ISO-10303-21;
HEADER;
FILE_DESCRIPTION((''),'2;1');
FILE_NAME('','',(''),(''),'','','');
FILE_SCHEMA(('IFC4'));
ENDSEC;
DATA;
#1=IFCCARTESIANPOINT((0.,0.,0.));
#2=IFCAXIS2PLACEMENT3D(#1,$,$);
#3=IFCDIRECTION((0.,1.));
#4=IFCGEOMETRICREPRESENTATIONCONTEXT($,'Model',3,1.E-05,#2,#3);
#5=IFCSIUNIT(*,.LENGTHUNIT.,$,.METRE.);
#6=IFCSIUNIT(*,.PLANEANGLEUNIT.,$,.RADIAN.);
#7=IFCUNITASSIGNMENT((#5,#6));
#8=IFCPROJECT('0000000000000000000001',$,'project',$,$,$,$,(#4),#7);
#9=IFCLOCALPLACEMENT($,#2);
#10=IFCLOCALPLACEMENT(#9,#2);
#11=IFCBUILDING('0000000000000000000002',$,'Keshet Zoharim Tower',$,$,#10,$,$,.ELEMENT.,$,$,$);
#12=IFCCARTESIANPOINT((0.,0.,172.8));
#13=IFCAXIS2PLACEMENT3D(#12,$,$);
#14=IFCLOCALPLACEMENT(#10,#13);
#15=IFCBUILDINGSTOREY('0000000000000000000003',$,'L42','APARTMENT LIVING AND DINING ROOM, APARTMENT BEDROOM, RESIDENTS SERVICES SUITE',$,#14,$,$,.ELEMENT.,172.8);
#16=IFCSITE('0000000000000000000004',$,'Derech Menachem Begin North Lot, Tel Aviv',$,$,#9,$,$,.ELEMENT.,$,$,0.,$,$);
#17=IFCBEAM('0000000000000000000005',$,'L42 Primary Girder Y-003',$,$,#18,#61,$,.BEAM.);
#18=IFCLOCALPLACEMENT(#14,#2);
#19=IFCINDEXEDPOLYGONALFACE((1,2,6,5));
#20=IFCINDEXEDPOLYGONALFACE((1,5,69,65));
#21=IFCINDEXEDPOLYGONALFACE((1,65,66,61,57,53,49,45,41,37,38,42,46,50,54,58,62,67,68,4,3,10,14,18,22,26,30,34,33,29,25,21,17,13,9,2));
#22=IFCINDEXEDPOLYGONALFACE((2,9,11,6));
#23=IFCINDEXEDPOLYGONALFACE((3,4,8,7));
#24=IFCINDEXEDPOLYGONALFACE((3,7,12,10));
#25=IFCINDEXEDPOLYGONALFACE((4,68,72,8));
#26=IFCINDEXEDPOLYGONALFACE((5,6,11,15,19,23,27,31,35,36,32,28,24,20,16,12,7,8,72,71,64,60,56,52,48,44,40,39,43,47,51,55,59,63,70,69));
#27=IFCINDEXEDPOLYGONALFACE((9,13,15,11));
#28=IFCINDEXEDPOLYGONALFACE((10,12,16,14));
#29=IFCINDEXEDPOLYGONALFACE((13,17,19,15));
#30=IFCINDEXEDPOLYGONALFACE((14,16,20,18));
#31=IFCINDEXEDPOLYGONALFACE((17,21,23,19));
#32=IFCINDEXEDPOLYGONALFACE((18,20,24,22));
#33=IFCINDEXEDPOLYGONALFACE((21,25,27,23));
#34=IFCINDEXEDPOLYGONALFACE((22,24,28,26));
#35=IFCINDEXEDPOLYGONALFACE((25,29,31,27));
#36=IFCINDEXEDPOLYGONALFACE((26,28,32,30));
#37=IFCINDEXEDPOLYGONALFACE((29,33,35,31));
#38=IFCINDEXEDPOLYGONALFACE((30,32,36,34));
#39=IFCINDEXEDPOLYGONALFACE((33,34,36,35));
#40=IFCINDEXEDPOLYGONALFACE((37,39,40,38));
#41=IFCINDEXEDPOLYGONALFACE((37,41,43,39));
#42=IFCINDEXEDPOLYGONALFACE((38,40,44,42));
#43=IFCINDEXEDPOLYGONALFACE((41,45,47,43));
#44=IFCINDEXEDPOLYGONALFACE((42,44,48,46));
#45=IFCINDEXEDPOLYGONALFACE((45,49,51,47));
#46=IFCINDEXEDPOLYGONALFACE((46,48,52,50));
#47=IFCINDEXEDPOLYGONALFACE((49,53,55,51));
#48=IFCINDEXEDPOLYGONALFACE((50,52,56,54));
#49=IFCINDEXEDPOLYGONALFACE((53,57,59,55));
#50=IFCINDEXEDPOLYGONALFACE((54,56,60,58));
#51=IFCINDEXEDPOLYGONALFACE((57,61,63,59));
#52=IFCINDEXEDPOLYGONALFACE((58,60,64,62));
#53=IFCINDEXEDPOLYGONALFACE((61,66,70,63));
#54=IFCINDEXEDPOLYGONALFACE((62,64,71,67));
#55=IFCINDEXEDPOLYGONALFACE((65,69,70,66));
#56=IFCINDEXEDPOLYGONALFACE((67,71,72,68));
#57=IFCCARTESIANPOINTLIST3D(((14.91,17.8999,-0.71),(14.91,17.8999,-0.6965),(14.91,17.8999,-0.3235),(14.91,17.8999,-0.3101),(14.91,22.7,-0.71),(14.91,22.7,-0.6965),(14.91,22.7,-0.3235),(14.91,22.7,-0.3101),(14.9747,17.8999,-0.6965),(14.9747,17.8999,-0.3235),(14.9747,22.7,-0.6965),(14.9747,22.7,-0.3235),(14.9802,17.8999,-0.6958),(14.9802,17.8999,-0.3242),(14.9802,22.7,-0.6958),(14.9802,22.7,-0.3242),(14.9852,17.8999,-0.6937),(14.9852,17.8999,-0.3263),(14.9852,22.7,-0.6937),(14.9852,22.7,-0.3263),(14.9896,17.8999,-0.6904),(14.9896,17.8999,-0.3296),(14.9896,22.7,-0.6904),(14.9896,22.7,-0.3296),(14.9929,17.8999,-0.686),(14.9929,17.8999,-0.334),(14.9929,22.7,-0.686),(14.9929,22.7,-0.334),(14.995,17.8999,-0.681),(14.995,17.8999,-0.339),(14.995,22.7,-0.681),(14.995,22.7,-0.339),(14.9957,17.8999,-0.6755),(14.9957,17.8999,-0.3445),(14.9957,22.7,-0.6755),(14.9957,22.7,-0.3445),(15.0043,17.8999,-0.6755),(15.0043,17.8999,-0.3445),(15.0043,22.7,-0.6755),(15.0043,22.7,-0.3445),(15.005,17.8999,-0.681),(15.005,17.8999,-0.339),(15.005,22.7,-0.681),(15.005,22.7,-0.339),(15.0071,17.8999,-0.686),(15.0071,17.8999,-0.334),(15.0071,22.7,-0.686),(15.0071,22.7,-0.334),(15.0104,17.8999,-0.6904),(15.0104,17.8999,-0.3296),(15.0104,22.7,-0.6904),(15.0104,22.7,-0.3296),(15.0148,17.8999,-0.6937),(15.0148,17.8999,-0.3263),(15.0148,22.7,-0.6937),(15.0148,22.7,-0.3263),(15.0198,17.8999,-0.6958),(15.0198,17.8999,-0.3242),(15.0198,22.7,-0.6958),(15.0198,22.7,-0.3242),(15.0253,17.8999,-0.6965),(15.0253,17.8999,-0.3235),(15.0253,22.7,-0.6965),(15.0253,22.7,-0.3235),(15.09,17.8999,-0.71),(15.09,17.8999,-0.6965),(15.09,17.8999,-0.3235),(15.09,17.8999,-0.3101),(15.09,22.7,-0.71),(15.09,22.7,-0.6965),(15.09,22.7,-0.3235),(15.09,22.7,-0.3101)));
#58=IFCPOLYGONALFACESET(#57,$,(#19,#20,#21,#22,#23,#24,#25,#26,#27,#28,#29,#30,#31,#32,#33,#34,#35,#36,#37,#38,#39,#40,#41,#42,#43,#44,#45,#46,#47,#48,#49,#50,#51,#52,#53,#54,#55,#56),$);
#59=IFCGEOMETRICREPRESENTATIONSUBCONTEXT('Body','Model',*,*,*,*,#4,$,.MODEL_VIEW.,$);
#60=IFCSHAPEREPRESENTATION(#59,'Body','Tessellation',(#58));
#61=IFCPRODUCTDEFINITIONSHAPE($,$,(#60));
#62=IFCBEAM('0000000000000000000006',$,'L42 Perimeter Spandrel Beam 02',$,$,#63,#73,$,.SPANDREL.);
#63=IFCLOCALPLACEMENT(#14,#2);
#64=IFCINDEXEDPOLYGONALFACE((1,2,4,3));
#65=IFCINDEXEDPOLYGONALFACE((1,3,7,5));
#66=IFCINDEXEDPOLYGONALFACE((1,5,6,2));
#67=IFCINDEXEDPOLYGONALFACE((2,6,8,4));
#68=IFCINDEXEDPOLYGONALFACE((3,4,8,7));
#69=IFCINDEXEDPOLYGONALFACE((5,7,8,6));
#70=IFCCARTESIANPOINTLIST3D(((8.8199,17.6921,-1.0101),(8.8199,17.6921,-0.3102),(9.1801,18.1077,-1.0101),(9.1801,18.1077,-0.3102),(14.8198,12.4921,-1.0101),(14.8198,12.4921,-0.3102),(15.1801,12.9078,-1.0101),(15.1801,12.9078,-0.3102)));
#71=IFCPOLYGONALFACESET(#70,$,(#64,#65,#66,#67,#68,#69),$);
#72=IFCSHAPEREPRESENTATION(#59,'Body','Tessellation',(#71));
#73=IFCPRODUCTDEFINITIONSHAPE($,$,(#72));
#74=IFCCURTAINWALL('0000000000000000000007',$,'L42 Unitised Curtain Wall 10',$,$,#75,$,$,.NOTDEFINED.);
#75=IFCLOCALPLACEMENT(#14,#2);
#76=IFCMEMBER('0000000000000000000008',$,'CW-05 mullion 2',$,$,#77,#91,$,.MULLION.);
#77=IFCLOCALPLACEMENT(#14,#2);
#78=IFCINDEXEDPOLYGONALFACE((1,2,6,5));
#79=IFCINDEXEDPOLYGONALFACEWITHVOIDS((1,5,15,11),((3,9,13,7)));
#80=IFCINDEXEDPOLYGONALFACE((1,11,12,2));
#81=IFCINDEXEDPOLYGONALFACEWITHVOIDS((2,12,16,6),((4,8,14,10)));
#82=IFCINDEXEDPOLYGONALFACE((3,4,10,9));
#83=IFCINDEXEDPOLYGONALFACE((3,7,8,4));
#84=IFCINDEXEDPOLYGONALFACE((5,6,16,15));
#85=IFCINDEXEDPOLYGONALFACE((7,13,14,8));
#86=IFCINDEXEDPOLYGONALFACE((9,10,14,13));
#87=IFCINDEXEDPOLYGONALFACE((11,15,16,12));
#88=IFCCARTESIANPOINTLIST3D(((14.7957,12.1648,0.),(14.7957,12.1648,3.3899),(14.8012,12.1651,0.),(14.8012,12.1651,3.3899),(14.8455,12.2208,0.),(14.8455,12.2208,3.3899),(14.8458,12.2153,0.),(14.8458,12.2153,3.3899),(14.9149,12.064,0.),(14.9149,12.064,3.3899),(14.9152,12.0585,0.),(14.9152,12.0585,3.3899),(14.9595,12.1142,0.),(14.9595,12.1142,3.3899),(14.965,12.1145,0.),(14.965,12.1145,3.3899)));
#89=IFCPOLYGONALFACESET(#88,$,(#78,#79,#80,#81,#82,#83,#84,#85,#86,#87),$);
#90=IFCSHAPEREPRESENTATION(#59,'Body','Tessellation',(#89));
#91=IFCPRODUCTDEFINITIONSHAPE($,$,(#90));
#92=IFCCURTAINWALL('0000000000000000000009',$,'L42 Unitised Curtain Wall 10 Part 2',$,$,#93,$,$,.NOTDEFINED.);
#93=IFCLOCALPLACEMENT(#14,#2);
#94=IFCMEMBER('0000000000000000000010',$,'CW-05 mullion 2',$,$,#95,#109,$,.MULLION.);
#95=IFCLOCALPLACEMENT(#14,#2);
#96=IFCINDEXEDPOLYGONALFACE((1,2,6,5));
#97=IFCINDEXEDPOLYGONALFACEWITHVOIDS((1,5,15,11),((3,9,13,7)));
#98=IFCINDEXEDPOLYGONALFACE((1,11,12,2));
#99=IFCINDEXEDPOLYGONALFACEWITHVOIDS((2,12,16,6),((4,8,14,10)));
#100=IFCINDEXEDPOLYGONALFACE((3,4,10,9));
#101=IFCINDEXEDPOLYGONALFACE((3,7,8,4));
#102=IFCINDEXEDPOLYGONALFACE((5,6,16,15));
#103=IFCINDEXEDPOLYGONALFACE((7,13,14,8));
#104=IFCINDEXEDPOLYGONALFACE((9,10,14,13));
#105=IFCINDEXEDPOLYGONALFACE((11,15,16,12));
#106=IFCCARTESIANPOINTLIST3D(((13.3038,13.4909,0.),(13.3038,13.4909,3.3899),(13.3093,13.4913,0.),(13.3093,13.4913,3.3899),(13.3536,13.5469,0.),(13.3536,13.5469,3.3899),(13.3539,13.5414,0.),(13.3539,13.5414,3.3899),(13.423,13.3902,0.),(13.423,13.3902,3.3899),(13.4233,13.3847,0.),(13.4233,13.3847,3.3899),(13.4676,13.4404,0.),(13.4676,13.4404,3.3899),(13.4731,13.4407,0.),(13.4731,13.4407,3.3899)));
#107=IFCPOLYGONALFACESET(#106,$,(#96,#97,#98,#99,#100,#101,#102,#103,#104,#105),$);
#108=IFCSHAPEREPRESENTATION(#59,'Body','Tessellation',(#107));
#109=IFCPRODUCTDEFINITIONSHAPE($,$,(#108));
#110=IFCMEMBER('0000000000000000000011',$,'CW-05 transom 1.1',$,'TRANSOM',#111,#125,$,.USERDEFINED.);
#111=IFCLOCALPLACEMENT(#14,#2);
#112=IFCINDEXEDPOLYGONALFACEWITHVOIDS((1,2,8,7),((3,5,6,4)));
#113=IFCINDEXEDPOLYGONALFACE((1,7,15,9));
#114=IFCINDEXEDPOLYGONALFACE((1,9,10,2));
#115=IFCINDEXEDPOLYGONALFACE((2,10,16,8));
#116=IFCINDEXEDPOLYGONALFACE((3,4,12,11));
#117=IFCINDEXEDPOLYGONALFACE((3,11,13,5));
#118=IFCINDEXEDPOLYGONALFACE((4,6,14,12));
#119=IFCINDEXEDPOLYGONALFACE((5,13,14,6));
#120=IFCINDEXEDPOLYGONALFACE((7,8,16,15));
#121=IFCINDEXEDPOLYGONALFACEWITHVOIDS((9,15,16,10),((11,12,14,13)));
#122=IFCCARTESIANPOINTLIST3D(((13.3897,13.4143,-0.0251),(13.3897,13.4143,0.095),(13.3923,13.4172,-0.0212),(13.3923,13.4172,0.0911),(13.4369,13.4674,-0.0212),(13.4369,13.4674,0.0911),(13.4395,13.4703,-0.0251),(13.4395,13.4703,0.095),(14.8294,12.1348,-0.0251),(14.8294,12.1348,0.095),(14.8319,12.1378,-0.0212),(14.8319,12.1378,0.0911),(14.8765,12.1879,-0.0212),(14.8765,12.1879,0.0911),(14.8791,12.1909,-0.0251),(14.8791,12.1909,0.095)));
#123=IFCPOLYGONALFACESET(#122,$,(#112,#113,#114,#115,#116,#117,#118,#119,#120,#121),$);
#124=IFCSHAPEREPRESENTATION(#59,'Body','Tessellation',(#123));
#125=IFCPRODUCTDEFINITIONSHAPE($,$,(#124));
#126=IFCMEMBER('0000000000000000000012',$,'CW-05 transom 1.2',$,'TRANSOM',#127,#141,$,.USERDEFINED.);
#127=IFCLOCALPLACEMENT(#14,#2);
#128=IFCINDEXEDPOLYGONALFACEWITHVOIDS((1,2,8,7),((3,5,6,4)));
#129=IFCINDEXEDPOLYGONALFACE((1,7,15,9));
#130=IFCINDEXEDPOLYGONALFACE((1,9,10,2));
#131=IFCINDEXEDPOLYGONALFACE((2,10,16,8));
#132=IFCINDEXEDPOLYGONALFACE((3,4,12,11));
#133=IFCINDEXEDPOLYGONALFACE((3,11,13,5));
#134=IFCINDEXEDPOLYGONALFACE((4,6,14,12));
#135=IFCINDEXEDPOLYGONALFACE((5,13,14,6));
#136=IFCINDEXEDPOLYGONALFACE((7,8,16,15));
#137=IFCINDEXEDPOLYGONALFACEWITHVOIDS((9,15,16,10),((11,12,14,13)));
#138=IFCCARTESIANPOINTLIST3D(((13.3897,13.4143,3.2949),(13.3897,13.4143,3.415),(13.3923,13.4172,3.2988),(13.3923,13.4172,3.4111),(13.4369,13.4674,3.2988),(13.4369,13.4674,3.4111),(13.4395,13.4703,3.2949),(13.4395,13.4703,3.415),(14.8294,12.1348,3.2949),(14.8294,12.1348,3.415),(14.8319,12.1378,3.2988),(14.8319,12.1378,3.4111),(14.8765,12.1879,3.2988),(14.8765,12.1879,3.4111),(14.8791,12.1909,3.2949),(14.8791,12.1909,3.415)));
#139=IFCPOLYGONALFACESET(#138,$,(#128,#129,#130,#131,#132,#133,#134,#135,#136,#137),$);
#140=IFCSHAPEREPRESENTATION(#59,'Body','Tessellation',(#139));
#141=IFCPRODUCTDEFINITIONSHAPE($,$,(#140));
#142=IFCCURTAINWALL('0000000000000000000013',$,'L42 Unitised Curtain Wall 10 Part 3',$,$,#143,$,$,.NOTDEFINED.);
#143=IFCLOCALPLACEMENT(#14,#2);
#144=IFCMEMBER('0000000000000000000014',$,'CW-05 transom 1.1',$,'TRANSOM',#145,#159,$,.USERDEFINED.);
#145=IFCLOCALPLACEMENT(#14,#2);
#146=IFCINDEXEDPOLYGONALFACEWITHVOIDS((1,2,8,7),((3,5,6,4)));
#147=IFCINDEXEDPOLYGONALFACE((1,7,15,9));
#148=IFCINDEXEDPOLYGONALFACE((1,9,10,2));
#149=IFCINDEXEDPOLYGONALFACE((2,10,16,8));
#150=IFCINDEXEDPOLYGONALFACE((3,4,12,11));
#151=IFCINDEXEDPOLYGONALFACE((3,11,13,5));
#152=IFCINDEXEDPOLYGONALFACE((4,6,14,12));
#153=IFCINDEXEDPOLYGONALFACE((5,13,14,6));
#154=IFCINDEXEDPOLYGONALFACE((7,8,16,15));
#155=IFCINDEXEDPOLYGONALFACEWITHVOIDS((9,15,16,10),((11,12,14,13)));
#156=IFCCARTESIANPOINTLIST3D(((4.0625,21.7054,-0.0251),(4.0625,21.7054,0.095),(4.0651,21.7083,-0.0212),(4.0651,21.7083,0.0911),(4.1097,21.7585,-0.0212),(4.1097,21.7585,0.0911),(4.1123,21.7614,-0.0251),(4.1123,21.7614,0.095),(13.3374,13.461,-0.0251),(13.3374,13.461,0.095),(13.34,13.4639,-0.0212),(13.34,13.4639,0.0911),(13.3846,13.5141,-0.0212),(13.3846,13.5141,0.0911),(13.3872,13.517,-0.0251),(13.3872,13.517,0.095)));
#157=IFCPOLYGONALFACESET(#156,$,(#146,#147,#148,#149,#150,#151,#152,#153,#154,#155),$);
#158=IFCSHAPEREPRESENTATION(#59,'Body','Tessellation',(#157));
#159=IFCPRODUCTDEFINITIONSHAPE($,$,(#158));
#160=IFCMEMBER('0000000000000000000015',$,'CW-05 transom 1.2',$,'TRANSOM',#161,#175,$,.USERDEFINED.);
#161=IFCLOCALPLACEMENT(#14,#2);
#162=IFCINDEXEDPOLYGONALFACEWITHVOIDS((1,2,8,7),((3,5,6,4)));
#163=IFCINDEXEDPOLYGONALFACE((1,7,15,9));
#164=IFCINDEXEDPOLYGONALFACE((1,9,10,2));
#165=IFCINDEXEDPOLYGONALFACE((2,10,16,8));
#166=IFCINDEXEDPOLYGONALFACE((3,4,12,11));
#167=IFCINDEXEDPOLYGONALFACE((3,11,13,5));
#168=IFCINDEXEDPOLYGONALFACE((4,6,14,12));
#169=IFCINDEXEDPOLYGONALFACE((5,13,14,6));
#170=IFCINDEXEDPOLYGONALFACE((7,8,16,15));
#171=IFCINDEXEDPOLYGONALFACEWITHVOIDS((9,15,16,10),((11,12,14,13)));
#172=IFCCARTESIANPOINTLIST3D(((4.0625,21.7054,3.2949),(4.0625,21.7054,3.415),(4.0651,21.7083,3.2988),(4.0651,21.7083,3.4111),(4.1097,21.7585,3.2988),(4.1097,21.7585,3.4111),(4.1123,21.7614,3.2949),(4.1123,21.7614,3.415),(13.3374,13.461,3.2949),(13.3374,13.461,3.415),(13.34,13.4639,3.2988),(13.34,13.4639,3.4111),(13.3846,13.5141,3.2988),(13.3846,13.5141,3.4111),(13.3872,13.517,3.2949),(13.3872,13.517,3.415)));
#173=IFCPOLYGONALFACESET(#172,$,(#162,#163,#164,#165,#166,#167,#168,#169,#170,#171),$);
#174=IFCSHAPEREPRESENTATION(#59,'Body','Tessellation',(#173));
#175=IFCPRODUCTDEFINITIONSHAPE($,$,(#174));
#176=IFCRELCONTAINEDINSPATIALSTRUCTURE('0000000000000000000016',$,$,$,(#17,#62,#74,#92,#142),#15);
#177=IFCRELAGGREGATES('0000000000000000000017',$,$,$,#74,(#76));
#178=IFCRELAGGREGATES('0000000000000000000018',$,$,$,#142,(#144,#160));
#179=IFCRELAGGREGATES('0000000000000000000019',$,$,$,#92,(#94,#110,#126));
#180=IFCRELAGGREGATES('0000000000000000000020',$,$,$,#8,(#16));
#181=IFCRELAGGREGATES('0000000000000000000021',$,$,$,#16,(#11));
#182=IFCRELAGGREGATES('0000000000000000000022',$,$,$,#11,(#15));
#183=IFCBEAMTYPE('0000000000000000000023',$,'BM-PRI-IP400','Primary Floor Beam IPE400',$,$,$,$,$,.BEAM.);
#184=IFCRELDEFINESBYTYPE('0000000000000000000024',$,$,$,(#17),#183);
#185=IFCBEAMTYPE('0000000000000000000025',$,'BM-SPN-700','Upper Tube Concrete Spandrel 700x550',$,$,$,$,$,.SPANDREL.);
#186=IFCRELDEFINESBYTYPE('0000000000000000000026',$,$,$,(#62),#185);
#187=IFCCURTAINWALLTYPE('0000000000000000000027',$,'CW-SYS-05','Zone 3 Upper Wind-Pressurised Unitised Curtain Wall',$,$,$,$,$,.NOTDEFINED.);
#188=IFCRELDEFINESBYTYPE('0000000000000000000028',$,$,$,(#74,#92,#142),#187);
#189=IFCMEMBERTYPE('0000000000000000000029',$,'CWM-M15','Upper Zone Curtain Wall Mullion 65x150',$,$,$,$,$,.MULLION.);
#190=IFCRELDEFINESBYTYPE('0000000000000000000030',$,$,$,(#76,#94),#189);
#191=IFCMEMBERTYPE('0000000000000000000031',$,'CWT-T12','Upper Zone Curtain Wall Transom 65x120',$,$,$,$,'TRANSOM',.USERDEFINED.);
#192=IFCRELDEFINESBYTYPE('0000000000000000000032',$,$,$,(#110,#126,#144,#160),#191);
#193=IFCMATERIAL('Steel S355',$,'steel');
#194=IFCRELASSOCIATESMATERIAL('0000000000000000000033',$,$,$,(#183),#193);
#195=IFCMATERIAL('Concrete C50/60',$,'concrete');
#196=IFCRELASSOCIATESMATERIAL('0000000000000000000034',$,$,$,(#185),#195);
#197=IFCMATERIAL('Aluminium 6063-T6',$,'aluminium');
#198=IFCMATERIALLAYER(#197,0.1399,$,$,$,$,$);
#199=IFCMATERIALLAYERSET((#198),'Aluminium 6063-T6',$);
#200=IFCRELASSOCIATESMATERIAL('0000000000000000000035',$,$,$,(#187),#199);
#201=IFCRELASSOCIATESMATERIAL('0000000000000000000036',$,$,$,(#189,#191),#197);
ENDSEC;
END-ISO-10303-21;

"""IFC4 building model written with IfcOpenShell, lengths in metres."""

from ifc_helpers import new_model, si_unit, direction, frame, origin, origin_2d, place, context, subcontext, project, spatial, rectangle, hollow_rectangle, i_section, extrude, material, layer, layer_set, material_profile, profile_set, type_object, element, aggregate, save


model = new_model("IFC4")

# Units and contexts
model_context = context("Model", 3, precision=1e-05, world=origin(), true_north=direction((0.0, 1.0)))
body_context = subcontext(model_context, "Body", "Model", "MODEL_VIEW")
ifc_project = project(units=[si_unit("LENGTHUNIT", "METRE"), si_unit("PLANEANGLEUNIT", "RADIAN")], contexts=[model_context])

# Site, building, storey
site_placement = place(None, origin())
site = spatial("IfcSite", under=ifc_project, at=site_placement, Name="Derech Menachem Begin North Lot, Tel Aviv", CompositionType="ELEMENT", RefElevation=0.0)
building_placement = place(site_placement, origin())
building = spatial("IfcBuilding", under=site, at=building_placement, Name="Keshet Zoharim Tower", CompositionType="ELEMENT")
storey_placement = place(building_placement, frame((0.0, 0.0, 172.8)))
storey = spatial("IfcBuildingStorey", under=building, at=storey_placement, Name="L42", Description="APARTMENT LIVING AND DINING ROOM, APARTMENT BEDROOM, RESIDENTS SERVICES SUITE", CompositionType="ELEMENT", Elevation=172.8)

# Shared definitions
ifc_material_1 = material(Name="Steel S355", Category="steel")

# Beams
ifc_material_profile_1 = material_profile(ifc_material_1, i_section(OverallWidth=0.1799, OverallDepth=0.3999, WebThickness=0.0085, FlangeThickness=0.0134, FilletRadius=0.021, at=origin_2d()), Name="IPE400")
ifc_profile_set_1 = profile_set([ifc_material_profile_1], Name="Steel S355")
beam_type_1 = type_object("IfcBeamType", Name="BM-PRI-IP400", Description="Primary Floor Beam IPE400", PredefinedType="BEAM", material=ifc_profile_set_1)
beam_1_placement = place(storey_placement, frame((15.0, 17.8999, -0.51), z_axis=(0.0, 1.0, 0.0), x_axis=(-1.0, 0.0, 0.0)))
element("IfcBeam", 1, at=beam_1_placement, inside=storey, type_object=beam_type_1, Name="L42 Primary Girder Y-003", PredefinedType="BEAM", context=body_context, shape_type="SweptSolid", body=[
    extrude(i_section(OverallWidth=0.1799, OverallDepth=0.3999, WebThickness=0.0085, FlangeThickness=0.0134, FilletRadius=0.021, at=origin_2d()), origin(), (0.0, 0.0, 1.0), 4.8),
])
ifc_material_2 = material(Name="Concrete C50/60", Category="concrete")
ifc_material_profile_2 = material_profile(ifc_material_2, rectangle(XDim=0.55, YDim=0.7, at=origin_2d()), Name="RC700x550")
ifc_profile_set_2 = profile_set([ifc_material_profile_2], Name="Concrete C50/60")
beam_type_2 = type_object("IfcBeamType", Name="BM-SPN-700", Description="Upper Tube Concrete Spandrel 700x550", PredefinedType="SPANDREL", material=ifc_profile_set_2)
beam_2_placement = place(storey_placement, frame((9.0, 17.8999, -0.6602), z_axis=(0.755692, -0.654927, 0.0), x_axis=(0.654927, 0.755692, 0.0)))
element("IfcBeam", 2, at=beam_2_placement, inside=storey, type_object=beam_type_2, Name="L42 Perimeter Spandrel Beam 02", PredefinedType="SPANDREL", context=body_context, shape_type="SweptSolid", body=[
    extrude(rectangle(XDim=0.55, YDim=0.7, at=origin_2d()), origin(), (0.0, 0.0, 1.0), 7.9397),
])

# Curtain wall, member
ifc_material_3 = material(Name="Aluminium 6063-T6", Category="aluminium")
ifc_layer_1 = layer(ifc_material_3, 0.1399)
ifc_layer_set_1 = layer_set([ifc_layer_1], Name="Aluminium 6063-T6")
curtain_wall_type = type_object("IfcCurtainWallType", Name="CW-SYS-05", Description="Zone 3 Upper Wind-Pressurised Unitised Curtain Wall", PredefinedType="NOTDEFINED", material=ifc_layer_set_1)
curtain_wall_1_placement = place(storey_placement, origin())
curtain_wall_1 = element("IfcCurtainWall", 3, at=curtain_wall_1_placement, inside=storey, type_object=curtain_wall_type, Name="L42 Unitised Curtain Wall 10", PredefinedType="NOTDEFINED")
ifc_material_profile_3 = material_profile(ifc_material_3, hollow_rectangle(XDim=0.075, YDim=0.1599, WallThickness=0.0039, at=origin_2d()), Name="MUL-75x160")
ifc_profile_set_3 = profile_set([ifc_material_profile_3], Name="Aluminium 6063-T6")
member_type_1 = type_object("IfcMemberType", Name="CWM-M15", Description="Upper Zone Curtain Wall Mullion 65x150", PredefinedType="MULLION", material=ifc_profile_set_3)
member_1_placement = place(storey_placement, frame((14.8804, 12.1396, 0.0), z_axis=(0.0, 0.0, 1.0), x_axis=(-0.664368, -0.747406, 0.0)))
member_1 = element("IfcMember", 4, at=member_1_placement, type_object=member_type_1, Name="CW-05 mullion 2", PredefinedType="MULLION", context=body_context, shape_type="SweptSolid", body=[
    extrude(hollow_rectangle(XDim=0.075, YDim=0.1599, WallThickness=0.0039, at=origin_2d()), origin(), (0.0, 0.0, 1.0), 3.3899),
])
aggregate(curtain_wall_1, [member_1])

# Curtain walls, members
curtain_wall_2_placement = place(storey_placement, origin())
curtain_wall_2 = element("IfcCurtainWall", 5, at=curtain_wall_2_placement, inside=storey, type_object=curtain_wall_type, Name="L42 Unitised Curtain Wall 10 Part 2", PredefinedType="NOTDEFINED")
member_2_placement = place(storey_placement, frame((13.3884, 13.4658, 0.0), z_axis=(0.0, 0.0, 1.0), x_axis=(-0.66433, -0.74744, 0.0)))
member_2 = element("IfcMember", 6, at=member_2_placement, type_object=member_type_1, Name="CW-05 mullion 2", PredefinedType="MULLION", context=body_context, shape_type="SweptSolid", body=[
    extrude(hollow_rectangle(XDim=0.075, YDim=0.1599, WallThickness=0.0039, at=origin_2d()), origin(), (0.0, 0.0, 1.0), 3.3899),
])
ifc_material_profile_4 = material_profile(ifc_material_3, hollow_rectangle(XDim=0.075, YDim=0.1201, WallThickness=0.0039, at=origin_2d()), Name="TRN-75x120")
ifc_profile_set_4 = profile_set([ifc_material_profile_4], Name="Aluminium 6063-T6")
member_type_2 = type_object("IfcMemberType", Name="CWT-T12", Description="Upper Zone Curtain Wall Transom 65x120", ElementType="TRANSOM", PredefinedType="USERDEFINED", material=ifc_profile_set_4)
member_3_placement = place(storey_placement, frame((14.8542, 12.1628, 0.0349), z_axis=(-0.747458, 0.664309, 0.0), x_axis=(-0.664309, -0.747458, 0.0)))
member_3 = element("IfcMember", 7, at=member_3_placement, type_object=member_type_2, Name="CW-05 transom 1.1", ObjectType="TRANSOM", PredefinedType="USERDEFINED", context=body_context, shape_type="SweptSolid", body=[
    extrude(hollow_rectangle(XDim=0.075, YDim=0.1201, WallThickness=0.0039, at=origin_2d()), origin(), (0.0, 0.0, 1.0), 1.926),
])
member_4_placement = place(storey_placement, frame((14.8542, 12.1628, 3.355), z_axis=(-0.747458, 0.664309, 0.0), x_axis=(-0.664309, -0.747458, 0.0)))
member_4 = element("IfcMember", 8, at=member_4_placement, type_object=member_type_2, Name="CW-05 transom 1.2", ObjectType="TRANSOM", PredefinedType="USERDEFINED", context=body_context, shape_type="SweptSolid", body=[
    extrude(hollow_rectangle(XDim=0.075, YDim=0.1201, WallThickness=0.0039, at=origin_2d()), origin(), (0.0, 0.0, 1.0), 1.926),
])
curtain_wall_3_placement = place(storey_placement, origin())
curtain_wall_3 = element("IfcCurtainWall", 9, at=curtain_wall_3_placement, inside=storey, type_object=curtain_wall_type, Name="L42 Unitised Curtain Wall 10 Part 3", PredefinedType="NOTDEFINED")
member_5_placement = place(storey_placement, frame((13.3623, 13.489, 0.0349), z_axis=(-0.747408, 0.664365, 0.0), x_axis=(-0.664365, -0.747408, 0.0)))
member_5 = element("IfcMember", 10, at=member_5_placement, type_object=member_type_2, Name="CW-05 transom 1.1", ObjectType="TRANSOM", PredefinedType="USERDEFINED", context=body_context, shape_type="SweptSolid", body=[
    extrude(hollow_rectangle(XDim=0.075, YDim=0.1201, WallThickness=0.0039, at=origin_2d()), origin(), (0.0, 0.0, 1.0), 12.4094),
])
member_6_placement = place(storey_placement, frame((13.3623, 13.489, 3.355), z_axis=(-0.747408, 0.664365, 0.0), x_axis=(-0.664365, -0.747408, 0.0)))
member_6 = element("IfcMember", 11, at=member_6_placement, type_object=member_type_2, Name="CW-05 transom 1.2", ObjectType="TRANSOM", PredefinedType="USERDEFINED", context=body_context, shape_type="SweptSolid", body=[
    extrude(hollow_rectangle(XDim=0.075, YDim=0.1201, WallThickness=0.0039, at=origin_2d()), origin(), (0.0, 0.0, 1.0), 12.4094),
])

aggregate(curtain_wall_3, [member_5, member_6])
aggregate(curtain_wall_2, [member_2, member_3, member_4])

save(model, "model.ifc")
